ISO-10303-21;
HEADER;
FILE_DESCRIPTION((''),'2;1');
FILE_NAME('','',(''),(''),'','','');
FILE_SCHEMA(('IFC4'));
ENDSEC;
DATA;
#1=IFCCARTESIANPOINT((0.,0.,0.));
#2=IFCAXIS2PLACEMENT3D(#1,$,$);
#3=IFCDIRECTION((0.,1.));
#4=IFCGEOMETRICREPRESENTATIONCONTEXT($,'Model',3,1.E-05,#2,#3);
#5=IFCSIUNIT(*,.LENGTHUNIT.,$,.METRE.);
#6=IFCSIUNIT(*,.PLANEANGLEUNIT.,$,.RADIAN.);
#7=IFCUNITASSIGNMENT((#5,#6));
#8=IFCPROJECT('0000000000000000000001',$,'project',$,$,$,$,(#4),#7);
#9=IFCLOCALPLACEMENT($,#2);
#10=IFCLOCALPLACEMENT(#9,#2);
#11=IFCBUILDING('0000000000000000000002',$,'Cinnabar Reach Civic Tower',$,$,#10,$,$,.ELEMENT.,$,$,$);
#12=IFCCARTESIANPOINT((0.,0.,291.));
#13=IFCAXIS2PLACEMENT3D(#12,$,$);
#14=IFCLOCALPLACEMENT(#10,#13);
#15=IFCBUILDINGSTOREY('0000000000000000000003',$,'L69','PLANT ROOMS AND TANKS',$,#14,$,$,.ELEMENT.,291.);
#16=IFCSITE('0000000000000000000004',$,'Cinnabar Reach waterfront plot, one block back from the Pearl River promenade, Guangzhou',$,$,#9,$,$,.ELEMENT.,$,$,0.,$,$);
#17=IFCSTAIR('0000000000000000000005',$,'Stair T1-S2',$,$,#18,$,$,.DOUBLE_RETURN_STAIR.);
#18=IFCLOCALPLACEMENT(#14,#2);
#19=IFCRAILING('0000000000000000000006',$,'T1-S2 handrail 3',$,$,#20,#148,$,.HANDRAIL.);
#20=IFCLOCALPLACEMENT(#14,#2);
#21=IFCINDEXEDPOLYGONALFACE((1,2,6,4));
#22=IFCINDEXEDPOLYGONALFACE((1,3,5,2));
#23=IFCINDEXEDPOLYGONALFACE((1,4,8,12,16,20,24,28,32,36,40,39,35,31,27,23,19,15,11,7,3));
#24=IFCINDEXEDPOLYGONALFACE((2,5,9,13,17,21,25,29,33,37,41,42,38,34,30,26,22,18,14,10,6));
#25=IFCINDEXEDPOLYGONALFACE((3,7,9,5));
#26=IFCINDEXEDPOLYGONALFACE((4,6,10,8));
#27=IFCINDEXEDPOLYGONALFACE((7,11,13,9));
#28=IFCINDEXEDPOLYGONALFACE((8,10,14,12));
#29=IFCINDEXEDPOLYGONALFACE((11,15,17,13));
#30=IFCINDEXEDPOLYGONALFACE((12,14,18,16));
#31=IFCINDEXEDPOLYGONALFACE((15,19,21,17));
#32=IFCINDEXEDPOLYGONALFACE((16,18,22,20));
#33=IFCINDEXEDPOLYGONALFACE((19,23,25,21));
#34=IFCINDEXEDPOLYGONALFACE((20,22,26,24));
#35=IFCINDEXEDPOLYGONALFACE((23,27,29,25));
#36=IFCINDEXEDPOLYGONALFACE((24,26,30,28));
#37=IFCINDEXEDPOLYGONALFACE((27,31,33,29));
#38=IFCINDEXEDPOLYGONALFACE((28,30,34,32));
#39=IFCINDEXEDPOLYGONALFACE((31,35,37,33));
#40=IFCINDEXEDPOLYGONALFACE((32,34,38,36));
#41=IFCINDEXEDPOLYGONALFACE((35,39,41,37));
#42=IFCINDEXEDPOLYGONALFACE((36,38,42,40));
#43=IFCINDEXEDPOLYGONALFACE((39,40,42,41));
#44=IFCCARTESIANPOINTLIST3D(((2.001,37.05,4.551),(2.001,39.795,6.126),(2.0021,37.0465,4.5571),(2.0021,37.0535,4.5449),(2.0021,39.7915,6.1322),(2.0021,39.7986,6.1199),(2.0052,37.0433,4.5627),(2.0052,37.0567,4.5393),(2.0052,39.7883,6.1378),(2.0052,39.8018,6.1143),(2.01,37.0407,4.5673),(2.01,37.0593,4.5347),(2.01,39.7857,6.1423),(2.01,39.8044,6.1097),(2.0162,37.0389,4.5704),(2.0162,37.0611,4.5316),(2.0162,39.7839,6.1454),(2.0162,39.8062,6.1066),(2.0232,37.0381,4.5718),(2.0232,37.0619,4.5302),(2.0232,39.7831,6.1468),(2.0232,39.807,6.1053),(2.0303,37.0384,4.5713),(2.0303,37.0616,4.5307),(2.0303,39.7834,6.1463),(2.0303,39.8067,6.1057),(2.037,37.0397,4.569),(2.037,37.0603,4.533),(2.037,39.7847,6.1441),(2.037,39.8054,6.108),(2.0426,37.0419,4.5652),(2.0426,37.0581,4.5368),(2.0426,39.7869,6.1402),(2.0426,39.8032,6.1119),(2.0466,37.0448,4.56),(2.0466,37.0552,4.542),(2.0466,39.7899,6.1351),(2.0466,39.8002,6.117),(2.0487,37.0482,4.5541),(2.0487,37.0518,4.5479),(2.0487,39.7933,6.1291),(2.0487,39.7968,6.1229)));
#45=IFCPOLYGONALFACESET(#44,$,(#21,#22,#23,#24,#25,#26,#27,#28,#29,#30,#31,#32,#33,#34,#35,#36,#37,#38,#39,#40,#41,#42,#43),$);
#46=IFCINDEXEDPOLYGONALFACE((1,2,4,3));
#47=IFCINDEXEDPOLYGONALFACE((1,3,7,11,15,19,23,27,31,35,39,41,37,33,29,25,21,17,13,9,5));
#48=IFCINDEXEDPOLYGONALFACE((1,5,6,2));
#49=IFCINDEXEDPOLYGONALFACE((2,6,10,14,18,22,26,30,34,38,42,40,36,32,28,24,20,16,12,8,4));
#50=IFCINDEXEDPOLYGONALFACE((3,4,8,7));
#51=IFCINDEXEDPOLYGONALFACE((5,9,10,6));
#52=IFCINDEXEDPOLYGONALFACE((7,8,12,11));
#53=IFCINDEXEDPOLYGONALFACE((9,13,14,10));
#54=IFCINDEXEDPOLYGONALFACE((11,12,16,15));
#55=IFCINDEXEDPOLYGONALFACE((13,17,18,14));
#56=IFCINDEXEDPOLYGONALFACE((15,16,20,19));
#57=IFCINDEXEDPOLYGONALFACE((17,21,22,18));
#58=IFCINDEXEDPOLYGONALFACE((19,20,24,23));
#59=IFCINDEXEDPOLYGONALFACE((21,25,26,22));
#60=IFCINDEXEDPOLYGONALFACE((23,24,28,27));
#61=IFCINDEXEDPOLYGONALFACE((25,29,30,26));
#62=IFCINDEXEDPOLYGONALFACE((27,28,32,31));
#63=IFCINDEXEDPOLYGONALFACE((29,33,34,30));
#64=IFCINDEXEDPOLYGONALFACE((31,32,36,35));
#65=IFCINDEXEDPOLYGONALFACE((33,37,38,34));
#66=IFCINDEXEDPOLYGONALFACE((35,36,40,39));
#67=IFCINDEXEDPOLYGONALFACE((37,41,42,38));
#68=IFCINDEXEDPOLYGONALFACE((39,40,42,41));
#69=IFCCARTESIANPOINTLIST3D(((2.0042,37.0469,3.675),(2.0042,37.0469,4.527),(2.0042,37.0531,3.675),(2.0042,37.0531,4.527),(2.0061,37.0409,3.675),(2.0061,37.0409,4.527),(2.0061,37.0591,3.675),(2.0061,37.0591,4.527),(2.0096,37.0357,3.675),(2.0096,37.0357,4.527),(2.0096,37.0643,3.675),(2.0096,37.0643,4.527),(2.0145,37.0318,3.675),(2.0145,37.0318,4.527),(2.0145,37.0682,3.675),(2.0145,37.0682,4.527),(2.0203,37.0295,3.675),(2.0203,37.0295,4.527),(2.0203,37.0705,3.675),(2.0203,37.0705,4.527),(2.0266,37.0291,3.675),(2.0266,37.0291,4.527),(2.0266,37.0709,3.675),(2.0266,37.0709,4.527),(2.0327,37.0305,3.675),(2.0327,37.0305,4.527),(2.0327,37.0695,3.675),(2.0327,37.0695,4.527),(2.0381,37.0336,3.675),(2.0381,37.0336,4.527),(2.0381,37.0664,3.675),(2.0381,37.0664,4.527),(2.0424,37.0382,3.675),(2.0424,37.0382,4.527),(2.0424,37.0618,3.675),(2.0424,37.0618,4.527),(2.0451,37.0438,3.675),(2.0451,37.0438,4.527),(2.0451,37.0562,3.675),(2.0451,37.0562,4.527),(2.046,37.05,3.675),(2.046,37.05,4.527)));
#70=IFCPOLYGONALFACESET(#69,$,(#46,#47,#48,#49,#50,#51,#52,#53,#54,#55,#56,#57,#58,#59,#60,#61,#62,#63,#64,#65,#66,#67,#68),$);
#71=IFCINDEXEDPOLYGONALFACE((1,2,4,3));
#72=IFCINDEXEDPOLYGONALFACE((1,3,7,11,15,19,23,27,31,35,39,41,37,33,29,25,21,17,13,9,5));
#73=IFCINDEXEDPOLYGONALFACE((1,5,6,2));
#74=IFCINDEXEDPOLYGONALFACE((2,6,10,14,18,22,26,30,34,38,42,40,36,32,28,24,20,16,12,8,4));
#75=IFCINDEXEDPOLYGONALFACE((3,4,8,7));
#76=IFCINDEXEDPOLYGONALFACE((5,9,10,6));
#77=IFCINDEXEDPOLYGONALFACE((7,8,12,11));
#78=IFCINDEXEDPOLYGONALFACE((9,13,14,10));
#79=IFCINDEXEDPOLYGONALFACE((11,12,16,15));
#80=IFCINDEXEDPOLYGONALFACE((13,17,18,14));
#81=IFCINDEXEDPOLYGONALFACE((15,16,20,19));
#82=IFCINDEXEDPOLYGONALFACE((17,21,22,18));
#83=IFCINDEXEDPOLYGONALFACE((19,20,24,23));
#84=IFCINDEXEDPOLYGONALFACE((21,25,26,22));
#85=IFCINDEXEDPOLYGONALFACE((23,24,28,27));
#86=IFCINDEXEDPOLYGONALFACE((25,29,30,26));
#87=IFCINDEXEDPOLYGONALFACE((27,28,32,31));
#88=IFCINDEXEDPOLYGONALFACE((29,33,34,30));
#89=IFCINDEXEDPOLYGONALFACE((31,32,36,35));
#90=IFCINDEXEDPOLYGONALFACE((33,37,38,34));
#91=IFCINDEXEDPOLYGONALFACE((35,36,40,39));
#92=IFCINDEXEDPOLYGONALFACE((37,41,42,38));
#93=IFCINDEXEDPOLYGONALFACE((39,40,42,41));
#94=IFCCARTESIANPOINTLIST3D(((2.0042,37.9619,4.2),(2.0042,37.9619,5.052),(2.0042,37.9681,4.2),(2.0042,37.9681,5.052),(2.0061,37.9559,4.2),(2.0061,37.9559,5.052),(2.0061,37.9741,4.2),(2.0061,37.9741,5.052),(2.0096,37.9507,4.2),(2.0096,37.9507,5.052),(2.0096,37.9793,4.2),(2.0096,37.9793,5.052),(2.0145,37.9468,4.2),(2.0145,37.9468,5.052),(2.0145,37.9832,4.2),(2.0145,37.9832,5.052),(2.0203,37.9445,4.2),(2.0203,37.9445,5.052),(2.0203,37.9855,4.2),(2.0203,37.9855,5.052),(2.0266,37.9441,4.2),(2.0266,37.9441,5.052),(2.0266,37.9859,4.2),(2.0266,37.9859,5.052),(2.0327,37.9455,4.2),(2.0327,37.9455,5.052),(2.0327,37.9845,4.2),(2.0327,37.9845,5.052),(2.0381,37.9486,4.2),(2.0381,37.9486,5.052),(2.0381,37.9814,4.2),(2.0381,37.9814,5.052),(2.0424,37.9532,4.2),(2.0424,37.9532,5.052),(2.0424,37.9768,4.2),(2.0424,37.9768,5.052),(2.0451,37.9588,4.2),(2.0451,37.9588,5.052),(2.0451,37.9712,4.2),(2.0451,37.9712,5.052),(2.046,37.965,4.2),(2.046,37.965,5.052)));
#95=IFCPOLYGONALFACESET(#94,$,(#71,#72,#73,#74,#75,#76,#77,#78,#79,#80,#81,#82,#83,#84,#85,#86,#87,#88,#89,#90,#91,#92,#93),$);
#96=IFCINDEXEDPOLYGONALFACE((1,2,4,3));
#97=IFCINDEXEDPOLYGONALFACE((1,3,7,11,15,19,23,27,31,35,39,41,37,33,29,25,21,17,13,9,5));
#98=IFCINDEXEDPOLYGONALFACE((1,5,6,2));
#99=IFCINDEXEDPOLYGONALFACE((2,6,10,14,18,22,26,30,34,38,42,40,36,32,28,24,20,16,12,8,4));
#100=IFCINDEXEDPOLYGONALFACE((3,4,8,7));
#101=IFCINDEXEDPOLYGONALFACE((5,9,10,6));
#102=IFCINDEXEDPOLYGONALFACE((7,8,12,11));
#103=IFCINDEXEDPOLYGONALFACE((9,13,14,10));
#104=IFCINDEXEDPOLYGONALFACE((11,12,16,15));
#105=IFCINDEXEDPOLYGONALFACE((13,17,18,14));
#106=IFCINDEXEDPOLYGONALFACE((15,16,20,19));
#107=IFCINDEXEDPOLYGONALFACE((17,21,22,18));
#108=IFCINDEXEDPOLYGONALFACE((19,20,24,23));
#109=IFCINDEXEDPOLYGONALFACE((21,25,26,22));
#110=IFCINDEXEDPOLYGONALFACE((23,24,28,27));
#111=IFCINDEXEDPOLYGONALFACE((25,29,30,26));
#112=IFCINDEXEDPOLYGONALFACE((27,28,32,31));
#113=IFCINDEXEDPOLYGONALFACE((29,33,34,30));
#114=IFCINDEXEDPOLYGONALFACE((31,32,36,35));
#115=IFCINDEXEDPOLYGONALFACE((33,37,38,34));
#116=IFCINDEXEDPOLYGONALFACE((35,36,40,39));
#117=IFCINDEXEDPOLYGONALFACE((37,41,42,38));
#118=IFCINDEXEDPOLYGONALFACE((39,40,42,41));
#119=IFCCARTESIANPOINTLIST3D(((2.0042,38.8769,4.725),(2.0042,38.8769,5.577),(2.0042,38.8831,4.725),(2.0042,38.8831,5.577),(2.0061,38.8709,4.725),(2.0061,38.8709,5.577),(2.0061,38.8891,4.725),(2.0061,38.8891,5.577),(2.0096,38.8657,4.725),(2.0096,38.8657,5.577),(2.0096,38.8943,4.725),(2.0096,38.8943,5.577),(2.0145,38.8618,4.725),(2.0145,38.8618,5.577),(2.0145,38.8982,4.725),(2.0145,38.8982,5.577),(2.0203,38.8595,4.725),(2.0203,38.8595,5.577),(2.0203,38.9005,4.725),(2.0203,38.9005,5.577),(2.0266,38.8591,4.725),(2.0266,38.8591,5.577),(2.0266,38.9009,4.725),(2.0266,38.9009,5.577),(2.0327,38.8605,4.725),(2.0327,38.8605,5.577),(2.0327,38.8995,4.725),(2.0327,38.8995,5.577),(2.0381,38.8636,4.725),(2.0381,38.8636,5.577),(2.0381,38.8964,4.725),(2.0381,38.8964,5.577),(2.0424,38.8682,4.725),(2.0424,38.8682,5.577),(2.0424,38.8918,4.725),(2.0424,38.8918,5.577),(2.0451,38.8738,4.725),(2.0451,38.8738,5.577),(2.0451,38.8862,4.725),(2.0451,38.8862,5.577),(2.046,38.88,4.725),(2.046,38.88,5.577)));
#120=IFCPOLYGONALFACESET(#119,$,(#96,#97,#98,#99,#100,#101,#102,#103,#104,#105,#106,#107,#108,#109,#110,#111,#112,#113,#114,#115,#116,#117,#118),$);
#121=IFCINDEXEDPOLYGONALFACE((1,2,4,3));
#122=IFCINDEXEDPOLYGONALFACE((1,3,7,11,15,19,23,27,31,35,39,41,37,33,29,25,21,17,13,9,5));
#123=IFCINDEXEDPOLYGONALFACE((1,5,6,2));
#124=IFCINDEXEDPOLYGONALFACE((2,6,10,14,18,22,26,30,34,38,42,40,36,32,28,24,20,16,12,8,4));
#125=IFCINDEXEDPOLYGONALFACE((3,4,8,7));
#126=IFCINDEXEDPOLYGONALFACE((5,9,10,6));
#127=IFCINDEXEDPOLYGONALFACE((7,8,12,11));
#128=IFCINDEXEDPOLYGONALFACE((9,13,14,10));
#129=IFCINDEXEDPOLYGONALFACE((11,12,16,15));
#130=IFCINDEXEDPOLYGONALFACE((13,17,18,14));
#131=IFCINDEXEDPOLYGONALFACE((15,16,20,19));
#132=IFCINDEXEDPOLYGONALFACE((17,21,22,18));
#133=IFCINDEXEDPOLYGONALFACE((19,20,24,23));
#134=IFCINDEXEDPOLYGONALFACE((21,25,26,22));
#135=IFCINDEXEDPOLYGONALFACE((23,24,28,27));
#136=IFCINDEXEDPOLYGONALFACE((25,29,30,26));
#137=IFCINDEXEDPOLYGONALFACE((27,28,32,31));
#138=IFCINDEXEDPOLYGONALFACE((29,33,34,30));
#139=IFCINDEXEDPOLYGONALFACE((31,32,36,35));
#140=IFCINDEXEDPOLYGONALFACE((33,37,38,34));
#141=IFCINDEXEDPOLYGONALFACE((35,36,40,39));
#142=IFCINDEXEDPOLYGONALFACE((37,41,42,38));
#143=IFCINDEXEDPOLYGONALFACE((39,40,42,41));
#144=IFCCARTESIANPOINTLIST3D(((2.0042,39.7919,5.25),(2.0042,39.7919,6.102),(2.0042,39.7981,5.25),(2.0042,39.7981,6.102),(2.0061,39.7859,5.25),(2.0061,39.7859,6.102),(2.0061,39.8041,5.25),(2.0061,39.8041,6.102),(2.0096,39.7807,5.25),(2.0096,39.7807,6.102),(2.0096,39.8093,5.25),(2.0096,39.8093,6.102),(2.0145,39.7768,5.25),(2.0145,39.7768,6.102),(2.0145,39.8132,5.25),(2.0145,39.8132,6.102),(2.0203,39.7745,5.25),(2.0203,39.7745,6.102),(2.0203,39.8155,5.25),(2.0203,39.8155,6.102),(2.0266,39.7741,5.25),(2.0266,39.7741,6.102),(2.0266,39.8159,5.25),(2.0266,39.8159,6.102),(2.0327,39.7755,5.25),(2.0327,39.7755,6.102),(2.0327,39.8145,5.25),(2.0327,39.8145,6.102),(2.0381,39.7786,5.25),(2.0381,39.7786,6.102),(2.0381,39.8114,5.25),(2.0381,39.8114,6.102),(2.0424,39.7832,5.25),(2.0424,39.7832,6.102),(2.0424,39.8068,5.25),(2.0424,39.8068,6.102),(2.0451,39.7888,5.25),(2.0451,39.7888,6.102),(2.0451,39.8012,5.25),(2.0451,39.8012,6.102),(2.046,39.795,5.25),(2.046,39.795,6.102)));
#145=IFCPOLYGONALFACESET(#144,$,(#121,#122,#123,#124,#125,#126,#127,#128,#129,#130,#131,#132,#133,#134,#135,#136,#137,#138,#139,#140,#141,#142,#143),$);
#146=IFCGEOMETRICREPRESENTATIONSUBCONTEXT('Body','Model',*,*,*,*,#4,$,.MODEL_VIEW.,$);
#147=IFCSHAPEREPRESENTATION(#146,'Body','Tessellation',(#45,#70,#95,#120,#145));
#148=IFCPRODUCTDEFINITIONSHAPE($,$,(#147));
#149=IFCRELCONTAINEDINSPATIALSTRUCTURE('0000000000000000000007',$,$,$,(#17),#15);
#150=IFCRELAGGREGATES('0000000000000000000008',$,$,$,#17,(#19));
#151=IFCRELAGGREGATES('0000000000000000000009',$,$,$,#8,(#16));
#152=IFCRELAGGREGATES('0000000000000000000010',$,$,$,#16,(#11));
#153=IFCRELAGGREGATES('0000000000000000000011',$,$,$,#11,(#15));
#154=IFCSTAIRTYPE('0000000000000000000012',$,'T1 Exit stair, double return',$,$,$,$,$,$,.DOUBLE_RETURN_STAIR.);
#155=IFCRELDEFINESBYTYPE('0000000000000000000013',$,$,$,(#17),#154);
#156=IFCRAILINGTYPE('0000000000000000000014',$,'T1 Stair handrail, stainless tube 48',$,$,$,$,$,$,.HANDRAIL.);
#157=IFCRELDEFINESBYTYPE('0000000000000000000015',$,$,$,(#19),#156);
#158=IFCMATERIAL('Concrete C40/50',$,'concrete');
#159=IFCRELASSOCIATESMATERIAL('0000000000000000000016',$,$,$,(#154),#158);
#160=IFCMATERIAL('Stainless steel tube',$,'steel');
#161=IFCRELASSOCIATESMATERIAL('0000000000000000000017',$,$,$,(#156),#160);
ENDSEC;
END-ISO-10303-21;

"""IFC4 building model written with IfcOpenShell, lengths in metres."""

from ifc_helpers import new_model, si_unit, direction, frame, origin, origin_2d, place, context, subcontext, project, spatial, circle, extrude, material, type_object, element, aggregate, save


model = new_model("IFC4")

# Units and contexts
model_context = context("Model", 3, precision=1e-05, world=origin(), true_north=direction((0.0, 1.0)))
body_context = subcontext(model_context, "Body", "Model", "MODEL_VIEW")
ifc_project = project(units=[si_unit("LENGTHUNIT", "METRE"), si_unit("PLANEANGLEUNIT", "RADIAN")], contexts=[model_context])

# Site, building, storey
site_placement = place(None, origin())
site = spatial("IfcSite", under=ifc_project, at=site_placement, Name="Cinnabar Reach waterfront plot, one block back from the Pearl River promenade, Guangzhou", CompositionType="ELEMENT", RefElevation=0.0)
building_placement = place(site_placement, origin())
building = spatial("IfcBuilding", under=site, at=building_placement, Name="Cinnabar Reach Civic Tower", CompositionType="ELEMENT")
storey_placement = place(building_placement, frame((0.0, 0.0, 291.0)))
storey = spatial("IfcBuildingStorey", under=building, at=storey_placement, Name="L69", Description="PLANT ROOMS AND TANKS", CompositionType="ELEMENT", Elevation=291.0)

# Shared definitions
ifc_material_1 = material(Name="Concrete C40/50", Category="concrete")

# Stair, railing
stair_type = type_object("IfcStairType", Name="T1 Exit stair, double return", PredefinedType="DOUBLE_RETURN_STAIR", material=ifc_material_1)
stair_placement = place(storey_placement, origin())
stair = element("IfcStair", 1, at=stair_placement, inside=storey, type_object=stair_type, Name="Stair T1-S2", PredefinedType="DOUBLE_RETURN_STAIR")
ifc_material_2 = material(Name="Stainless steel tube", Category="steel")
railing_type = type_object("IfcRailingType", Name="T1 Stair handrail, stainless tube 48", PredefinedType="HANDRAIL", material=ifc_material_2)
railing_1_placement = place(storey_placement, frame((2.025, 37.05, 3.675)))
railing_1 = element("IfcRailing", 2, at=railing_1_placement, type_object=railing_type, Name="T1-S2 handrail 3", PredefinedType="HANDRAIL", context=body_context, shape_type="SweptSolid", body=[
    extrude(circle(Radius=0.024, at=origin_2d()), frame((0.0, 0.0, 0.876), z_axis=(0.0, 0.867367, 0.497669), x_axis=(-1.0, 0.0, 0.0)), (0.0, 0.0, 1.0), 3.1648),
    extrude(circle(Radius=0.021, at=origin_2d()), origin(), (0.0, 0.0, 1.0), 0.852),
    extrude(circle(Radius=0.021, at=origin_2d()), frame((0.0, 0.915, 0.525)), (0.0, 0.0, 1.0), 0.852),
    extrude(circle(Radius=0.021, at=origin_2d()), frame((0.0, 1.83, 1.05)), (0.0, 0.0, 1.0), 0.852),
    extrude(circle(Radius=0.021, at=origin_2d()), frame((0.0, 2.745, 1.575)), (0.0, 0.0, 1.0), 0.852),
])
aggregate(stair, [railing_1])

save(model, "model.ifc")
